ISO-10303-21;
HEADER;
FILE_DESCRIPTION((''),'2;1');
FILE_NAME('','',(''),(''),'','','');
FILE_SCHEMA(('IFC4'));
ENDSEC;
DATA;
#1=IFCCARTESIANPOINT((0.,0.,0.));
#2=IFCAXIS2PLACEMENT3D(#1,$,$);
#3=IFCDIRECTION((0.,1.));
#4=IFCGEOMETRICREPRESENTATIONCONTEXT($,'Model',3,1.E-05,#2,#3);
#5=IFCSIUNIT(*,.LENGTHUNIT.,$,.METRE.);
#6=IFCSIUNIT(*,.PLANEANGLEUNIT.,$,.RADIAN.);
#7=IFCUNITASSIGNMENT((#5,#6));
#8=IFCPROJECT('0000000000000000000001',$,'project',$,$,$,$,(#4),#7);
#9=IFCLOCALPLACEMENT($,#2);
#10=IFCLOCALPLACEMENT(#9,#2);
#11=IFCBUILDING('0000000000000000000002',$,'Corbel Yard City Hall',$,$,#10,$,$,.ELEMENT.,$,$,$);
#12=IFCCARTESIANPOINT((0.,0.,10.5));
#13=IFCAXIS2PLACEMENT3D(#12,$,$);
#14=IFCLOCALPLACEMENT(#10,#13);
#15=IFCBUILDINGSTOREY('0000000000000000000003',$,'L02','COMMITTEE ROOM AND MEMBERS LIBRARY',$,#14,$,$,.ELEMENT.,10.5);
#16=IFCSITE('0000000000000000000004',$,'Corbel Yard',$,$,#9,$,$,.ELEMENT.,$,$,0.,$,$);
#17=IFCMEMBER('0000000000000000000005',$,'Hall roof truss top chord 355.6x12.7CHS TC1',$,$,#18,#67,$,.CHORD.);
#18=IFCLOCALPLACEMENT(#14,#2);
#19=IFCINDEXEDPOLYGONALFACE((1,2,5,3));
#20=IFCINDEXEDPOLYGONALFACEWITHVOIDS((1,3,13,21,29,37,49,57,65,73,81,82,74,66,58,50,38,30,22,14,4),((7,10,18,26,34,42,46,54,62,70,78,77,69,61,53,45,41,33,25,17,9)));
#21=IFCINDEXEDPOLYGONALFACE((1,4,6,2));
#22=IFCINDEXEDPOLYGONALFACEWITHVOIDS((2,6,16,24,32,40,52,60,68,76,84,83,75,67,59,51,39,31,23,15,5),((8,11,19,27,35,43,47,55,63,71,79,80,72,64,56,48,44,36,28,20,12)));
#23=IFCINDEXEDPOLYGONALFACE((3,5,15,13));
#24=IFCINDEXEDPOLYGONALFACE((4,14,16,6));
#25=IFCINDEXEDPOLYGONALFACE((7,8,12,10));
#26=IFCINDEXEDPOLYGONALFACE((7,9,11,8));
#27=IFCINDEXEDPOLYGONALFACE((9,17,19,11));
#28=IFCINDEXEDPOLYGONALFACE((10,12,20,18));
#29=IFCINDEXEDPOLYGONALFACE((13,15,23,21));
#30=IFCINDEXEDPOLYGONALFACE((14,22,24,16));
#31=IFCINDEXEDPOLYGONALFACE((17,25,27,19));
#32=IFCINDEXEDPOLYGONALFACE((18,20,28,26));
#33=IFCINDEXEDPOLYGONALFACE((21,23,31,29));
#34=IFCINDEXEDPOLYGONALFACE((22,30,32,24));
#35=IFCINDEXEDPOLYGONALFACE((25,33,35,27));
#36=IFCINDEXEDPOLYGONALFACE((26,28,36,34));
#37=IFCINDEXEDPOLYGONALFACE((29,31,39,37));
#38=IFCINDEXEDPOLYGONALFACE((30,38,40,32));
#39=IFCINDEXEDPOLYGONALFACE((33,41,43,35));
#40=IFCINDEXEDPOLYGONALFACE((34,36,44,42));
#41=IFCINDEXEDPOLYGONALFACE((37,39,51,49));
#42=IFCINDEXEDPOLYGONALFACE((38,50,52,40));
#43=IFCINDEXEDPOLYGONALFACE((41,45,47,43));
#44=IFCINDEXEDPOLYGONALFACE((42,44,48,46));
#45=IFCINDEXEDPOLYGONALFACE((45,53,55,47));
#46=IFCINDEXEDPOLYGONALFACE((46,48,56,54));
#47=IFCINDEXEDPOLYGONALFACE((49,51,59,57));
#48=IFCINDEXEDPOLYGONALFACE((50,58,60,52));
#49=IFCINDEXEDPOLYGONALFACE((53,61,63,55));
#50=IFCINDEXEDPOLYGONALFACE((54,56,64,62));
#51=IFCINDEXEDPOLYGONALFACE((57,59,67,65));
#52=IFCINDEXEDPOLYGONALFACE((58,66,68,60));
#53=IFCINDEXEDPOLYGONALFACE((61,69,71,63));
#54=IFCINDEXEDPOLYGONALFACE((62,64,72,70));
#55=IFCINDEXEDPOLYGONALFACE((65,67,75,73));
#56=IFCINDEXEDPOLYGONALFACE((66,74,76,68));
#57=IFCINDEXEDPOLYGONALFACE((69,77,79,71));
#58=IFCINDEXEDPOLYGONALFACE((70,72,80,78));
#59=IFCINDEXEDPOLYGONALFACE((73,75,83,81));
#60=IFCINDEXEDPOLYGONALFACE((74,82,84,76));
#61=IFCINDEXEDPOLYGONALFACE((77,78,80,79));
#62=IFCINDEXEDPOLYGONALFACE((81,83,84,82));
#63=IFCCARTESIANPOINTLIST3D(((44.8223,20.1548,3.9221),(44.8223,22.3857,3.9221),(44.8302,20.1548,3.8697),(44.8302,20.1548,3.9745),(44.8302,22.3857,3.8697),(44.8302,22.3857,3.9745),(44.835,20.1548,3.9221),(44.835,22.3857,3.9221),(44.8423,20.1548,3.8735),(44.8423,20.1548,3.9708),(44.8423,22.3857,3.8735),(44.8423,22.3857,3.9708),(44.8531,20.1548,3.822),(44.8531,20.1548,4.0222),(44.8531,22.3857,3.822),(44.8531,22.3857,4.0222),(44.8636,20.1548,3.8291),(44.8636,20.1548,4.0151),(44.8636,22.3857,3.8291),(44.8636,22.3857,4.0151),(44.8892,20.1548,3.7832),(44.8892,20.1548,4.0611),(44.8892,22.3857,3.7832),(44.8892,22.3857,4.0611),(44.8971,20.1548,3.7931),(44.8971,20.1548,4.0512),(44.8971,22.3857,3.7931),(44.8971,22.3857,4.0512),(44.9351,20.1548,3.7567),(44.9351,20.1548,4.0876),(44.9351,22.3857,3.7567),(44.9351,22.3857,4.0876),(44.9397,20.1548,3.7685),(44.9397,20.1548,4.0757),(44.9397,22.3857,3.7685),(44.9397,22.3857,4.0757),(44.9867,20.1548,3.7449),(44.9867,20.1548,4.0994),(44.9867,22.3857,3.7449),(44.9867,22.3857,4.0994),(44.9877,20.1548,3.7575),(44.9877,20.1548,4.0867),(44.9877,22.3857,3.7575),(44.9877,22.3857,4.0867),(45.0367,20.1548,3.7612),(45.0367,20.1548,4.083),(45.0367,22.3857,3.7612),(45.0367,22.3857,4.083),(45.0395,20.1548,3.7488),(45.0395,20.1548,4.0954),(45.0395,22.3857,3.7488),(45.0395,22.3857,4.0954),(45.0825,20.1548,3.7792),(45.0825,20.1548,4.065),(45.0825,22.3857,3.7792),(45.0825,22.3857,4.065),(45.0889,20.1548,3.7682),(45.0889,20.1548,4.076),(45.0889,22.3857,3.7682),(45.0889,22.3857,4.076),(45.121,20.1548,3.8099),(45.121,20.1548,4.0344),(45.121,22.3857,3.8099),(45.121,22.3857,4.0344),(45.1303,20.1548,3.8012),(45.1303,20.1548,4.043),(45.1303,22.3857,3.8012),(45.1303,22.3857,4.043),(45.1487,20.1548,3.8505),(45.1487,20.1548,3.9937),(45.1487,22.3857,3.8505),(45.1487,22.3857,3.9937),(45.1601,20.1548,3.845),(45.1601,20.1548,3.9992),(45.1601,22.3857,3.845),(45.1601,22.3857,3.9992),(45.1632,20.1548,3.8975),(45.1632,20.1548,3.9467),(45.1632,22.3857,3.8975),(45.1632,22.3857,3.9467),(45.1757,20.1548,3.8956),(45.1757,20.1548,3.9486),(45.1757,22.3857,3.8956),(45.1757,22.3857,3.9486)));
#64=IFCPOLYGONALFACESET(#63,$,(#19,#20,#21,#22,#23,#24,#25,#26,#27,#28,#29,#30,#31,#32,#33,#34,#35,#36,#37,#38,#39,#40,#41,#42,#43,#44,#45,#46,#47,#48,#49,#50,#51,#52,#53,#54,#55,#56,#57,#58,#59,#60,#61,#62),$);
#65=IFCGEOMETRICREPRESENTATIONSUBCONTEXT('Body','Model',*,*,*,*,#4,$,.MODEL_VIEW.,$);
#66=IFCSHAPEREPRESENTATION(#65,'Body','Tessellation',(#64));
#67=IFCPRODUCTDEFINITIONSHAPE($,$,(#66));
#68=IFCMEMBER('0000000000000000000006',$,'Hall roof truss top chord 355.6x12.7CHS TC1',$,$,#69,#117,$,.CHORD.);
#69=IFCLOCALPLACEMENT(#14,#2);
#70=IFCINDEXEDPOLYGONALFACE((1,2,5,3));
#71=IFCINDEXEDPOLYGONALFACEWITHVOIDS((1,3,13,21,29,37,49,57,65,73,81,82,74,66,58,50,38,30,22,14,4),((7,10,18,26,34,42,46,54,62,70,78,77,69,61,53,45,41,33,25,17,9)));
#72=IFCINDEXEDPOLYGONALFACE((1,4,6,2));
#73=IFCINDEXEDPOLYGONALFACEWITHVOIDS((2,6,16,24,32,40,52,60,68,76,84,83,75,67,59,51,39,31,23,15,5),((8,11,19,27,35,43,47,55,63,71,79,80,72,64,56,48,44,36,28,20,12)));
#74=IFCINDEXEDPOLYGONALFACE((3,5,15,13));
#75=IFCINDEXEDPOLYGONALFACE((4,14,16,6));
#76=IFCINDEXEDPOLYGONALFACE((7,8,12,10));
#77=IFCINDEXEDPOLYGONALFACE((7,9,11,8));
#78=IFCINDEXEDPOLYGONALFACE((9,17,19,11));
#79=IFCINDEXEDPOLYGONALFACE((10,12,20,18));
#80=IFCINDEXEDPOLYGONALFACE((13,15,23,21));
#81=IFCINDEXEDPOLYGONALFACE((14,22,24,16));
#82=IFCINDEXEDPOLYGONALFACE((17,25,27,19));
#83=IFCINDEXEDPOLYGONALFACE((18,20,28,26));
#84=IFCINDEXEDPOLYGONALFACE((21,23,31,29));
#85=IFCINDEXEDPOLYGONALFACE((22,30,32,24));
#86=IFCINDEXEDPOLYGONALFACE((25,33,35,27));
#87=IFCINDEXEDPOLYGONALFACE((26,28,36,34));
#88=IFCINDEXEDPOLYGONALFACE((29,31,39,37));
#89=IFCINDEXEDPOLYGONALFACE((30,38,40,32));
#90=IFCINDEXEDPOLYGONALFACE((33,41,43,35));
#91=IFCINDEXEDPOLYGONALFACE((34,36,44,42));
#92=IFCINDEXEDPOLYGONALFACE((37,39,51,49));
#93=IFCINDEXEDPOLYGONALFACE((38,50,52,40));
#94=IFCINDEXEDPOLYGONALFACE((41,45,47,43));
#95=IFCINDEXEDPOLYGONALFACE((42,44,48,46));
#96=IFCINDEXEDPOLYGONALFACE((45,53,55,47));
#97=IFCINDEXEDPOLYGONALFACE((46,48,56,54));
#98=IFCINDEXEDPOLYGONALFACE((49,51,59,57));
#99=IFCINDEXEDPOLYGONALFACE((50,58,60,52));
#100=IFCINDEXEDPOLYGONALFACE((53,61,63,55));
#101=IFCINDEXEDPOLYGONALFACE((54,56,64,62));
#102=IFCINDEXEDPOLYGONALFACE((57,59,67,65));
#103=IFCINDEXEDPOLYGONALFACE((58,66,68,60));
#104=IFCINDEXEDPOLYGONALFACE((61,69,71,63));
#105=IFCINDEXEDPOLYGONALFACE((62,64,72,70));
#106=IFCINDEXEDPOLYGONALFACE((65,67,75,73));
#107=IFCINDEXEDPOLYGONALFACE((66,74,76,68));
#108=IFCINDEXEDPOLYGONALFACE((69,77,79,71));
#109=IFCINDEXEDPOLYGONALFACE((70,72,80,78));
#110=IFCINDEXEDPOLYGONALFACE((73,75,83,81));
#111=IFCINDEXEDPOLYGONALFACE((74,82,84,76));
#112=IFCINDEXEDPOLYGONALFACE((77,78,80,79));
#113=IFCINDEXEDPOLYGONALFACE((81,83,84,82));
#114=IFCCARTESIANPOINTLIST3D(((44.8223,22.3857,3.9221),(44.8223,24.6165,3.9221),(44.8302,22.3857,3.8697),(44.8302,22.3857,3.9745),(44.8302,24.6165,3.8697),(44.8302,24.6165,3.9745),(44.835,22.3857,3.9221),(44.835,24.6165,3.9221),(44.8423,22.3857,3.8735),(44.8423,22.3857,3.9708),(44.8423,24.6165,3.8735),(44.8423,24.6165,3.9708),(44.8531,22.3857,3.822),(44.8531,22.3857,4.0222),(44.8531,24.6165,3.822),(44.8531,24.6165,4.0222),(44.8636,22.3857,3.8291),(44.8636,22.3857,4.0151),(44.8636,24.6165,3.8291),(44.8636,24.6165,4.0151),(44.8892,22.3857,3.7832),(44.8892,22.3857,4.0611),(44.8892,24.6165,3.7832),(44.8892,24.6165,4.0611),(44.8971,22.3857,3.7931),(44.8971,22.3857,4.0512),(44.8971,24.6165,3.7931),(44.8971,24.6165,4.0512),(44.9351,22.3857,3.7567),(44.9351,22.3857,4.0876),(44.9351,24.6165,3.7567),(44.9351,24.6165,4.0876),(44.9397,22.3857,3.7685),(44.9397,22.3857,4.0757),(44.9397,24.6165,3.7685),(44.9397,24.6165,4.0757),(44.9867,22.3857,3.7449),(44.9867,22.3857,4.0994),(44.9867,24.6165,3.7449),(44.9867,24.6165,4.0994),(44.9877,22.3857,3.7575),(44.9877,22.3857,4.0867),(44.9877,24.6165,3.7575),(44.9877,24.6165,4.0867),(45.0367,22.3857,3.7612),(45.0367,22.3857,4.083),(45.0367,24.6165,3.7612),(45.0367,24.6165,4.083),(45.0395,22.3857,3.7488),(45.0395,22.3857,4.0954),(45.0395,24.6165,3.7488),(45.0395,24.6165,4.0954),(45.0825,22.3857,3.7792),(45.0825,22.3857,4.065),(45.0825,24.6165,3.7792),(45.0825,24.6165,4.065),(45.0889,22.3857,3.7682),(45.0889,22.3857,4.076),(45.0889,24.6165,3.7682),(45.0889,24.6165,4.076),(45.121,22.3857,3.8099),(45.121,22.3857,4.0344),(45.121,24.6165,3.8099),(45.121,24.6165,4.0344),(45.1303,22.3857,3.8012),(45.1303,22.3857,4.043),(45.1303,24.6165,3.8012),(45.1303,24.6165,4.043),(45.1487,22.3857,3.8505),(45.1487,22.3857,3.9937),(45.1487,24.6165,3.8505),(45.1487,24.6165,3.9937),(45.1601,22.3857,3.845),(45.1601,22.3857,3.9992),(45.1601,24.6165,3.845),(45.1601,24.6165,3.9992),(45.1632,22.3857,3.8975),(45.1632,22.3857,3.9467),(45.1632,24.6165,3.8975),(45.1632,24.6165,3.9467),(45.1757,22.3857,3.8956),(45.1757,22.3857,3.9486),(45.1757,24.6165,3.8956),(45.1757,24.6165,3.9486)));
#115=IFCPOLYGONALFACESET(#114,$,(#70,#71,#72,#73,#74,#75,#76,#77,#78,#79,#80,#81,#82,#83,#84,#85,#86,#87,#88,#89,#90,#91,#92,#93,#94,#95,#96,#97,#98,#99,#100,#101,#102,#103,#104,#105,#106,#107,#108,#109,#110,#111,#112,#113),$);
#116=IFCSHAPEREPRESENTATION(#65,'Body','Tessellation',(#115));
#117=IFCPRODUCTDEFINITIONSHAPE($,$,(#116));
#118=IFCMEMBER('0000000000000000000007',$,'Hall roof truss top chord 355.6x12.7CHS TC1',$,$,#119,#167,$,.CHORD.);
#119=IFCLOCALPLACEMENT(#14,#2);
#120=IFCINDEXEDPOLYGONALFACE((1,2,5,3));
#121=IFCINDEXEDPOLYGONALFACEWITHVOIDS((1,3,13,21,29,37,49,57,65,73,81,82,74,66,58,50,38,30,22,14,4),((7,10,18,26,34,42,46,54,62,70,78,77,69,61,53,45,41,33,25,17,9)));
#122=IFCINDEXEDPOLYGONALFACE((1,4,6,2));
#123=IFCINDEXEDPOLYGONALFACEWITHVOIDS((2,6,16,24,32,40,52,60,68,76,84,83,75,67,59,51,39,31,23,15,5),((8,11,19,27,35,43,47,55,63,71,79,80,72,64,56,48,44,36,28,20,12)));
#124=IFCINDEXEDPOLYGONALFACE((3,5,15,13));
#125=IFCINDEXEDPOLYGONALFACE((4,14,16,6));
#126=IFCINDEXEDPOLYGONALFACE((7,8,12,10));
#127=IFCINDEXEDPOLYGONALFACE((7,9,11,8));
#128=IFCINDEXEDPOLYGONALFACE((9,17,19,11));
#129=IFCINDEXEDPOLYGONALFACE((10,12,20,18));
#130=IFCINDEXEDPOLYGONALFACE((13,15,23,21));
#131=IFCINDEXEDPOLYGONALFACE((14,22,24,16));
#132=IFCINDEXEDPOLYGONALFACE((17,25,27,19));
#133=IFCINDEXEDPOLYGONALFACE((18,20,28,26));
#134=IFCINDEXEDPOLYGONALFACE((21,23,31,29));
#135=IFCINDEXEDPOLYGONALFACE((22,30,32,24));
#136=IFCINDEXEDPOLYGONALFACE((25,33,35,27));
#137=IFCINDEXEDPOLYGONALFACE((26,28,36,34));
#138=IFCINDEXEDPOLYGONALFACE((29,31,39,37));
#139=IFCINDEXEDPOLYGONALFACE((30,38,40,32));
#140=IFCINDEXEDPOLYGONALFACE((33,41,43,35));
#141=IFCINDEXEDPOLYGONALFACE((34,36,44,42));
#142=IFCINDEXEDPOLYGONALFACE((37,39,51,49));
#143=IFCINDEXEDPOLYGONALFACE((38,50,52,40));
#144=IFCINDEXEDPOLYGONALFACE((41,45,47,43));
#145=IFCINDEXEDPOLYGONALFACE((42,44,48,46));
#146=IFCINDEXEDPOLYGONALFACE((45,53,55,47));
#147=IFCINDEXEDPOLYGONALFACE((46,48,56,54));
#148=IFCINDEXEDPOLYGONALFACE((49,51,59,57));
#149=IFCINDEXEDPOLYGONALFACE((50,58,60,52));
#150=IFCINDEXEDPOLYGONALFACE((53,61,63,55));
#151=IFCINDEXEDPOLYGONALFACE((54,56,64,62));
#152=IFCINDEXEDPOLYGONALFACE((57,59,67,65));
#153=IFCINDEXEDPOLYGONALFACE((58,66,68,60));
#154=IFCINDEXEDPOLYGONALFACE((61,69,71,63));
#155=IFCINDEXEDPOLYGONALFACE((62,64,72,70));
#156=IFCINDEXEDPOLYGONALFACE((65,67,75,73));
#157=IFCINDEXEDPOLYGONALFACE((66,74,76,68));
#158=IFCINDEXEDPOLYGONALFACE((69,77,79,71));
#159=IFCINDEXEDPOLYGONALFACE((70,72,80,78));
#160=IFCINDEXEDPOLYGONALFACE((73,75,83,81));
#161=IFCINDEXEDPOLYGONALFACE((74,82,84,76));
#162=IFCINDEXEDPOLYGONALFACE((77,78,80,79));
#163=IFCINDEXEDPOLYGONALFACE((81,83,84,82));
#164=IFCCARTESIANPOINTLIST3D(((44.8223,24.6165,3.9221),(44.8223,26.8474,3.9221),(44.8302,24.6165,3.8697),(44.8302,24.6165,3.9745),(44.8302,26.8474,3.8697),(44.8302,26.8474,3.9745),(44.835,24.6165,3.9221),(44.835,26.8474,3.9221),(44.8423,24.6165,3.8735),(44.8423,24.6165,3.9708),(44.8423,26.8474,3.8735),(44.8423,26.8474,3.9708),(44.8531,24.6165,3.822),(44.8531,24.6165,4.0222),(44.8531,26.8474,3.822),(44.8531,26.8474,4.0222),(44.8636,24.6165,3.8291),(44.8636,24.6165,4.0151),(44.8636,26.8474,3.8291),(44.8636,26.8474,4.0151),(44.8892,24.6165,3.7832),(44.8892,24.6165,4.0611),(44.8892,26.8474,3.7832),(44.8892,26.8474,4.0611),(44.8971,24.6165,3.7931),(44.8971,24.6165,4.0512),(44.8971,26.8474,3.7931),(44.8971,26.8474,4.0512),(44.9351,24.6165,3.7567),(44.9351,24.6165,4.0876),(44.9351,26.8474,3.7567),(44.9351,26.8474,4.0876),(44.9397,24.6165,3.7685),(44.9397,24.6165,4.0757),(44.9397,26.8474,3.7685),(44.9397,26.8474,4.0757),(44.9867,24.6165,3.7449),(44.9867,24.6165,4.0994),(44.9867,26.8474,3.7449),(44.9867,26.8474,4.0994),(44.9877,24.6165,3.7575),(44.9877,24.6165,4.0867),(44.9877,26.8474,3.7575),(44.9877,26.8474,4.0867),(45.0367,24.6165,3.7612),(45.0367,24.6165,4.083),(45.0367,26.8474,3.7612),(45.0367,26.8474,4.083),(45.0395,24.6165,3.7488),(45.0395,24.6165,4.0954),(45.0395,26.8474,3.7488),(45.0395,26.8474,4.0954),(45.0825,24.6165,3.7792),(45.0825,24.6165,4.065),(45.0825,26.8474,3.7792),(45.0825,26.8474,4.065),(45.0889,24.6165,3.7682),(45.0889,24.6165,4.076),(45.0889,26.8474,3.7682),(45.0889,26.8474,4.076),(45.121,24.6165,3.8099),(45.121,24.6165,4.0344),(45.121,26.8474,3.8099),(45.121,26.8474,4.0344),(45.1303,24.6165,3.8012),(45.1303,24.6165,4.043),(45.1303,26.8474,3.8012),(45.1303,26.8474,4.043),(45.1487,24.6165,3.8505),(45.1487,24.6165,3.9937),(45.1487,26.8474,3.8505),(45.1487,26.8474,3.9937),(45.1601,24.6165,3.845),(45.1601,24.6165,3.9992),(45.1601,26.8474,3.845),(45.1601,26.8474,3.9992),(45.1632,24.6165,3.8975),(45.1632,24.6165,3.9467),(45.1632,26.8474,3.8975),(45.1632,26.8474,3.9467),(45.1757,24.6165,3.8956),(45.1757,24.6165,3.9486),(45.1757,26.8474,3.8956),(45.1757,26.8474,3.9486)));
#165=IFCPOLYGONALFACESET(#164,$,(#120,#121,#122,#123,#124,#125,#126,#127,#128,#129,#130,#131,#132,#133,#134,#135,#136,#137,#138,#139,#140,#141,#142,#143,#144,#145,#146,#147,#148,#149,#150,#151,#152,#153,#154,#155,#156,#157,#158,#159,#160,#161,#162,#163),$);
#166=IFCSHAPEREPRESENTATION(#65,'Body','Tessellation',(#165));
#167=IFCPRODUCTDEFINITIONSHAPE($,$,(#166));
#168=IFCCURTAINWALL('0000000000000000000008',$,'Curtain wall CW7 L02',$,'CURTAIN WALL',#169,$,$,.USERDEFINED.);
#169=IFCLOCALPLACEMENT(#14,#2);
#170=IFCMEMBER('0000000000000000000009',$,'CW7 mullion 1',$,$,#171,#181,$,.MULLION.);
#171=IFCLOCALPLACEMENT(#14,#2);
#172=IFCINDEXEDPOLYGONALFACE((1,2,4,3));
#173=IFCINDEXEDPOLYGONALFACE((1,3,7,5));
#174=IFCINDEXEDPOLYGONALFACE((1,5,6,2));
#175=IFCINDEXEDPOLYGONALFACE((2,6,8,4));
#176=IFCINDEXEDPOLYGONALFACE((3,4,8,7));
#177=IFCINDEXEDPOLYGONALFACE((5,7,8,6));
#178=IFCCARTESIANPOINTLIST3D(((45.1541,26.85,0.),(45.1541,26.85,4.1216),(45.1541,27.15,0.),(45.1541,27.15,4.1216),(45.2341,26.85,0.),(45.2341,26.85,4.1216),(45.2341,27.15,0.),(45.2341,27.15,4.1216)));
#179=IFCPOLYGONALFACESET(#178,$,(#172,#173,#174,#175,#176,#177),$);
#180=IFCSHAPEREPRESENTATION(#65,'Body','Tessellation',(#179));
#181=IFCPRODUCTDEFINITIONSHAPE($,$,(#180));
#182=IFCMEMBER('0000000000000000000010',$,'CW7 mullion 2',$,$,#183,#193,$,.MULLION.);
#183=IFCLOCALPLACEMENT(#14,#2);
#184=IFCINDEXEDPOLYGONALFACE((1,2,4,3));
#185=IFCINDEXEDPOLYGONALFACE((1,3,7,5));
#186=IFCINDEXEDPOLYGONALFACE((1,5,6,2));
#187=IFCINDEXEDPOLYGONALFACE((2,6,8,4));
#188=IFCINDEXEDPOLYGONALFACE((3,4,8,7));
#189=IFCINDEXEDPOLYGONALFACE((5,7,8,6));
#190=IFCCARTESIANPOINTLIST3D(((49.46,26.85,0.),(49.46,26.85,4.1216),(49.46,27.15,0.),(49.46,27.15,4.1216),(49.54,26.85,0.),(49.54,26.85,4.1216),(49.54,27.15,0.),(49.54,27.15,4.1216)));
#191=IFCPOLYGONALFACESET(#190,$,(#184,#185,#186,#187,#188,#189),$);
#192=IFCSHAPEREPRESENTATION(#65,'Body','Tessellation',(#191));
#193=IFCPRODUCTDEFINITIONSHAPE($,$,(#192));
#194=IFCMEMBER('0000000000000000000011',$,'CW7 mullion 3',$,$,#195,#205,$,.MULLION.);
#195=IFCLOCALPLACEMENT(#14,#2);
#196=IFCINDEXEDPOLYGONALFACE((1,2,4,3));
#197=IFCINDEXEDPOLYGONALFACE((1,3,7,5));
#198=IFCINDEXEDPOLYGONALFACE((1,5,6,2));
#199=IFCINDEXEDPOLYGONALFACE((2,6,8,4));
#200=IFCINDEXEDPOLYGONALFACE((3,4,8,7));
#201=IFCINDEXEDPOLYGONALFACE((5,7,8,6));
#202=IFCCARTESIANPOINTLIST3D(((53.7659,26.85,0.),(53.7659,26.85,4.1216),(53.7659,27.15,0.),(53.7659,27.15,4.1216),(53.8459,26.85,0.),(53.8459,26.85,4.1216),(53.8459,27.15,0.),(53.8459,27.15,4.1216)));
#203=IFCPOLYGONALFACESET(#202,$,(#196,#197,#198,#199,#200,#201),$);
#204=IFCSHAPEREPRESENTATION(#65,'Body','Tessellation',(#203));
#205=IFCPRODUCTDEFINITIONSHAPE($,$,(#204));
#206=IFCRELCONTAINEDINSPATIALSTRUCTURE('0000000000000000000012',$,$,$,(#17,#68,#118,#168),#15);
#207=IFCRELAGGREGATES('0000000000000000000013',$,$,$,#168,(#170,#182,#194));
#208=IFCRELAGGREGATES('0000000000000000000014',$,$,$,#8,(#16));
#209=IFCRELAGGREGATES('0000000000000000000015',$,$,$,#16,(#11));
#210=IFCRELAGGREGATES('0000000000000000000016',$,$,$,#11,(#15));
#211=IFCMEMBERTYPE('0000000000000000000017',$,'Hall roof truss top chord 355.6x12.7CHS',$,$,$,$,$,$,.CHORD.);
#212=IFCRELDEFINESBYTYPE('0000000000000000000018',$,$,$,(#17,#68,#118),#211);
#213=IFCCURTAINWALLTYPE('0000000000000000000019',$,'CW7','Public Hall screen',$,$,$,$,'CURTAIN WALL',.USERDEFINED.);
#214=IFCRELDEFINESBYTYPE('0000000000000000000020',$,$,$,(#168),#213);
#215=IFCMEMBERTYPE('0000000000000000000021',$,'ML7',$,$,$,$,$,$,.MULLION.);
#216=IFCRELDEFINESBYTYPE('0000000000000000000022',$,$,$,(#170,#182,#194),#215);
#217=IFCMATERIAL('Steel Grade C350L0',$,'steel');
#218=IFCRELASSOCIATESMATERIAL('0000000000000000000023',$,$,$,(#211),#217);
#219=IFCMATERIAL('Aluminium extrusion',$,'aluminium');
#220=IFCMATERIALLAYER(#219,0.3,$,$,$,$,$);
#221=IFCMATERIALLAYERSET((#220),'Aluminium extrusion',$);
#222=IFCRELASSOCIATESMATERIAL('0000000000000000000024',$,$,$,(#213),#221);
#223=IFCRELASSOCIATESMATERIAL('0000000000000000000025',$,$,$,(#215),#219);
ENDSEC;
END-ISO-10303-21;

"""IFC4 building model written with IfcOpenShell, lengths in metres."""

from ifc_helpers import new_model, si_unit, direction, frame, origin, origin_2d, place, context, subcontext, project, spatial, rectangle, hollow_circle, extrude, material, layer, layer_set, material_profile, profile_set, type_object, element, aggregate, save


model = new_model("IFC4")

# Units and contexts
model_context = context("Model", 3, precision=1e-05, world=origin(), true_north=direction((0.0, 1.0)))
body_context = subcontext(model_context, "Body", "Model", "MODEL_VIEW")
ifc_project = project(units=[si_unit("LENGTHUNIT", "METRE"), si_unit("PLANEANGLEUNIT", "RADIAN")], contexts=[model_context])

# Site, building, storey
site_placement = place(None, origin())
site = spatial("IfcSite", under=ifc_project, at=site_placement, Name="Corbel Yard", CompositionType="ELEMENT", RefElevation=0.0)
building_placement = place(site_placement, origin())
building = spatial("IfcBuilding", under=site, at=building_placement, Name="Corbel Yard City Hall", CompositionType="ELEMENT")
storey_placement = place(building_placement, frame((0.0, 0.0, 10.5)))
storey = spatial("IfcBuildingStorey", under=building, at=storey_placement, Name="L02", Description="COMMITTEE ROOM AND MEMBERS LIBRARY", CompositionType="ELEMENT", Elevation=10.5)

# Members
ifc_material_1 = material(Name="Steel Grade C350L0", Category="steel")
ifc_material_profile_1 = material_profile(ifc_material_1, hollow_circle(Radius=0.1777, WallThickness=0.0127, at=origin_2d()), Name="355.6x12.7CHS")
ifc_profile_set_1 = profile_set([ifc_material_profile_1], Name="Steel Grade C350L0")
member_type_1 = type_object("IfcMemberType", Name="Hall roof truss top chord 355.6x12.7CHS", PredefinedType="CHORD", material=ifc_profile_set_1)
member_1_placement = place(storey_placement, frame((45.0, 20.1548, 3.9221), z_axis=(0.0, 1.0, 0.0), x_axis=(-1.0, 0.0, 0.0)))
element("IfcMember", 1, at=member_1_placement, inside=storey, type_object=member_type_1, Name="Hall roof truss top chord 355.6x12.7CHS TC1", PredefinedType="CHORD", context=body_context, shape_type="SweptSolid", body=[
    extrude(hollow_circle(Radius=0.1777, WallThickness=0.0127, at=origin_2d()), origin(), (0.0, 0.0, 1.0), 2.231),
])
member_2_placement = place(storey_placement, frame((45.0, 22.3857, 3.9221), z_axis=(0.0, 1.0, 0.0), x_axis=(-1.0, 0.0, 0.0)))
element("IfcMember", 2, at=member_2_placement, inside=storey, type_object=member_type_1, Name="Hall roof truss top chord 355.6x12.7CHS TC1", PredefinedType="CHORD", context=body_context, shape_type="SweptSolid", body=[
    extrude(hollow_circle(Radius=0.1777, WallThickness=0.0127, at=origin_2d()), origin(), (0.0, 0.0, 1.0), 2.2307),
])
member_3_placement = place(storey_placement, frame((45.0, 24.6165, 3.9221), z_axis=(0.0, 1.0, 0.0), x_axis=(-1.0, 0.0, 0.0)))
element("IfcMember", 3, at=member_3_placement, inside=storey, type_object=member_type_1, Name="Hall roof truss top chord 355.6x12.7CHS TC1", PredefinedType="CHORD", context=body_context, shape_type="SweptSolid", body=[
    extrude(hollow_circle(Radius=0.1777, WallThickness=0.0127, at=origin_2d()), origin(), (0.0, 0.0, 1.0), 2.231),
])

# Curtain wall, members
ifc_material_2 = material(Name="Aluminium extrusion", Category="aluminium")
ifc_layer_1 = layer(ifc_material_2, 0.3)
ifc_layer_set_1 = layer_set([ifc_layer_1], Name="Aluminium extrusion")
curtain_wall_type = type_object("IfcCurtainWallType", Name="CW7", Description="Public Hall screen", ElementType="CURTAIN WALL", PredefinedType="USERDEFINED", material=ifc_layer_set_1)
curtain_wall_placement = place(storey_placement, origin())
curtain_wall = element("IfcCurtainWall", 4, at=curtain_wall_placement, inside=storey, type_object=curtain_wall_type, Name="Curtain wall CW7 L02", ObjectType="CURTAIN WALL", PredefinedType="USERDEFINED")
ifc_material_profile_2 = material_profile(ifc_material_2, rectangle(XDim=0.3, YDim=0.0801, at=origin_2d()), Name="300x80")
ifc_profile_set_2 = profile_set([ifc_material_profile_2], Name="Aluminium extrusion")
member_type_2 = type_object("IfcMemberType", Name="ML7", PredefinedType="MULLION", material=ifc_profile_set_2)
member_4_placement = place(storey_placement, frame((45.1941, 27.0, 0.0), z_axis=(0.0, 0.0, 1.0), x_axis=(0.0, 1.0, 0.0)))
member_4 = element("IfcMember", 5, at=member_4_placement, type_object=member_type_2, Name="CW7 mullion 1", PredefinedType="MULLION", context=body_context, shape_type="SweptSolid", body=[
    extrude(rectangle(XDim=0.3, YDim=0.0801, at=origin_2d()), origin(), (0.0, 0.0, 1.0), 4.1216),
])
member_5_placement = place(storey_placement, frame((49.5, 27.0, 0.0), z_axis=(0.0, 0.0, 1.0), x_axis=(0.0, 1.0, 0.0)))
member_5 = element("IfcMember", 6, at=member_5_placement, type_object=member_type_2, Name="CW7 mullion 2", PredefinedType="MULLION", context=body_context, shape_type="SweptSolid", body=[
    extrude(rectangle(XDim=0.3, YDim=0.0801, at=origin_2d()), origin(), (0.0, 0.0, 1.0), 4.1216),
])
member_6_placement = place(storey_placement, frame((53.8059, 27.0, 0.0), z_axis=(0.0, 0.0, 1.0), x_axis=(0.0, 1.0, 0.0)))
member_6 = element("IfcMember", 7, at=member_6_placement, type_object=member_type_2, Name="CW7 mullion 3", PredefinedType="MULLION", context=body_context, shape_type="SweptSolid", body=[
    extrude(rectangle(XDim=0.3, YDim=0.0801, at=origin_2d()), origin(), (0.0, 0.0, 1.0), 4.1216),
])

aggregate(curtain_wall, [member_4, member_5, member_6])

save(model, "model.ifc")
